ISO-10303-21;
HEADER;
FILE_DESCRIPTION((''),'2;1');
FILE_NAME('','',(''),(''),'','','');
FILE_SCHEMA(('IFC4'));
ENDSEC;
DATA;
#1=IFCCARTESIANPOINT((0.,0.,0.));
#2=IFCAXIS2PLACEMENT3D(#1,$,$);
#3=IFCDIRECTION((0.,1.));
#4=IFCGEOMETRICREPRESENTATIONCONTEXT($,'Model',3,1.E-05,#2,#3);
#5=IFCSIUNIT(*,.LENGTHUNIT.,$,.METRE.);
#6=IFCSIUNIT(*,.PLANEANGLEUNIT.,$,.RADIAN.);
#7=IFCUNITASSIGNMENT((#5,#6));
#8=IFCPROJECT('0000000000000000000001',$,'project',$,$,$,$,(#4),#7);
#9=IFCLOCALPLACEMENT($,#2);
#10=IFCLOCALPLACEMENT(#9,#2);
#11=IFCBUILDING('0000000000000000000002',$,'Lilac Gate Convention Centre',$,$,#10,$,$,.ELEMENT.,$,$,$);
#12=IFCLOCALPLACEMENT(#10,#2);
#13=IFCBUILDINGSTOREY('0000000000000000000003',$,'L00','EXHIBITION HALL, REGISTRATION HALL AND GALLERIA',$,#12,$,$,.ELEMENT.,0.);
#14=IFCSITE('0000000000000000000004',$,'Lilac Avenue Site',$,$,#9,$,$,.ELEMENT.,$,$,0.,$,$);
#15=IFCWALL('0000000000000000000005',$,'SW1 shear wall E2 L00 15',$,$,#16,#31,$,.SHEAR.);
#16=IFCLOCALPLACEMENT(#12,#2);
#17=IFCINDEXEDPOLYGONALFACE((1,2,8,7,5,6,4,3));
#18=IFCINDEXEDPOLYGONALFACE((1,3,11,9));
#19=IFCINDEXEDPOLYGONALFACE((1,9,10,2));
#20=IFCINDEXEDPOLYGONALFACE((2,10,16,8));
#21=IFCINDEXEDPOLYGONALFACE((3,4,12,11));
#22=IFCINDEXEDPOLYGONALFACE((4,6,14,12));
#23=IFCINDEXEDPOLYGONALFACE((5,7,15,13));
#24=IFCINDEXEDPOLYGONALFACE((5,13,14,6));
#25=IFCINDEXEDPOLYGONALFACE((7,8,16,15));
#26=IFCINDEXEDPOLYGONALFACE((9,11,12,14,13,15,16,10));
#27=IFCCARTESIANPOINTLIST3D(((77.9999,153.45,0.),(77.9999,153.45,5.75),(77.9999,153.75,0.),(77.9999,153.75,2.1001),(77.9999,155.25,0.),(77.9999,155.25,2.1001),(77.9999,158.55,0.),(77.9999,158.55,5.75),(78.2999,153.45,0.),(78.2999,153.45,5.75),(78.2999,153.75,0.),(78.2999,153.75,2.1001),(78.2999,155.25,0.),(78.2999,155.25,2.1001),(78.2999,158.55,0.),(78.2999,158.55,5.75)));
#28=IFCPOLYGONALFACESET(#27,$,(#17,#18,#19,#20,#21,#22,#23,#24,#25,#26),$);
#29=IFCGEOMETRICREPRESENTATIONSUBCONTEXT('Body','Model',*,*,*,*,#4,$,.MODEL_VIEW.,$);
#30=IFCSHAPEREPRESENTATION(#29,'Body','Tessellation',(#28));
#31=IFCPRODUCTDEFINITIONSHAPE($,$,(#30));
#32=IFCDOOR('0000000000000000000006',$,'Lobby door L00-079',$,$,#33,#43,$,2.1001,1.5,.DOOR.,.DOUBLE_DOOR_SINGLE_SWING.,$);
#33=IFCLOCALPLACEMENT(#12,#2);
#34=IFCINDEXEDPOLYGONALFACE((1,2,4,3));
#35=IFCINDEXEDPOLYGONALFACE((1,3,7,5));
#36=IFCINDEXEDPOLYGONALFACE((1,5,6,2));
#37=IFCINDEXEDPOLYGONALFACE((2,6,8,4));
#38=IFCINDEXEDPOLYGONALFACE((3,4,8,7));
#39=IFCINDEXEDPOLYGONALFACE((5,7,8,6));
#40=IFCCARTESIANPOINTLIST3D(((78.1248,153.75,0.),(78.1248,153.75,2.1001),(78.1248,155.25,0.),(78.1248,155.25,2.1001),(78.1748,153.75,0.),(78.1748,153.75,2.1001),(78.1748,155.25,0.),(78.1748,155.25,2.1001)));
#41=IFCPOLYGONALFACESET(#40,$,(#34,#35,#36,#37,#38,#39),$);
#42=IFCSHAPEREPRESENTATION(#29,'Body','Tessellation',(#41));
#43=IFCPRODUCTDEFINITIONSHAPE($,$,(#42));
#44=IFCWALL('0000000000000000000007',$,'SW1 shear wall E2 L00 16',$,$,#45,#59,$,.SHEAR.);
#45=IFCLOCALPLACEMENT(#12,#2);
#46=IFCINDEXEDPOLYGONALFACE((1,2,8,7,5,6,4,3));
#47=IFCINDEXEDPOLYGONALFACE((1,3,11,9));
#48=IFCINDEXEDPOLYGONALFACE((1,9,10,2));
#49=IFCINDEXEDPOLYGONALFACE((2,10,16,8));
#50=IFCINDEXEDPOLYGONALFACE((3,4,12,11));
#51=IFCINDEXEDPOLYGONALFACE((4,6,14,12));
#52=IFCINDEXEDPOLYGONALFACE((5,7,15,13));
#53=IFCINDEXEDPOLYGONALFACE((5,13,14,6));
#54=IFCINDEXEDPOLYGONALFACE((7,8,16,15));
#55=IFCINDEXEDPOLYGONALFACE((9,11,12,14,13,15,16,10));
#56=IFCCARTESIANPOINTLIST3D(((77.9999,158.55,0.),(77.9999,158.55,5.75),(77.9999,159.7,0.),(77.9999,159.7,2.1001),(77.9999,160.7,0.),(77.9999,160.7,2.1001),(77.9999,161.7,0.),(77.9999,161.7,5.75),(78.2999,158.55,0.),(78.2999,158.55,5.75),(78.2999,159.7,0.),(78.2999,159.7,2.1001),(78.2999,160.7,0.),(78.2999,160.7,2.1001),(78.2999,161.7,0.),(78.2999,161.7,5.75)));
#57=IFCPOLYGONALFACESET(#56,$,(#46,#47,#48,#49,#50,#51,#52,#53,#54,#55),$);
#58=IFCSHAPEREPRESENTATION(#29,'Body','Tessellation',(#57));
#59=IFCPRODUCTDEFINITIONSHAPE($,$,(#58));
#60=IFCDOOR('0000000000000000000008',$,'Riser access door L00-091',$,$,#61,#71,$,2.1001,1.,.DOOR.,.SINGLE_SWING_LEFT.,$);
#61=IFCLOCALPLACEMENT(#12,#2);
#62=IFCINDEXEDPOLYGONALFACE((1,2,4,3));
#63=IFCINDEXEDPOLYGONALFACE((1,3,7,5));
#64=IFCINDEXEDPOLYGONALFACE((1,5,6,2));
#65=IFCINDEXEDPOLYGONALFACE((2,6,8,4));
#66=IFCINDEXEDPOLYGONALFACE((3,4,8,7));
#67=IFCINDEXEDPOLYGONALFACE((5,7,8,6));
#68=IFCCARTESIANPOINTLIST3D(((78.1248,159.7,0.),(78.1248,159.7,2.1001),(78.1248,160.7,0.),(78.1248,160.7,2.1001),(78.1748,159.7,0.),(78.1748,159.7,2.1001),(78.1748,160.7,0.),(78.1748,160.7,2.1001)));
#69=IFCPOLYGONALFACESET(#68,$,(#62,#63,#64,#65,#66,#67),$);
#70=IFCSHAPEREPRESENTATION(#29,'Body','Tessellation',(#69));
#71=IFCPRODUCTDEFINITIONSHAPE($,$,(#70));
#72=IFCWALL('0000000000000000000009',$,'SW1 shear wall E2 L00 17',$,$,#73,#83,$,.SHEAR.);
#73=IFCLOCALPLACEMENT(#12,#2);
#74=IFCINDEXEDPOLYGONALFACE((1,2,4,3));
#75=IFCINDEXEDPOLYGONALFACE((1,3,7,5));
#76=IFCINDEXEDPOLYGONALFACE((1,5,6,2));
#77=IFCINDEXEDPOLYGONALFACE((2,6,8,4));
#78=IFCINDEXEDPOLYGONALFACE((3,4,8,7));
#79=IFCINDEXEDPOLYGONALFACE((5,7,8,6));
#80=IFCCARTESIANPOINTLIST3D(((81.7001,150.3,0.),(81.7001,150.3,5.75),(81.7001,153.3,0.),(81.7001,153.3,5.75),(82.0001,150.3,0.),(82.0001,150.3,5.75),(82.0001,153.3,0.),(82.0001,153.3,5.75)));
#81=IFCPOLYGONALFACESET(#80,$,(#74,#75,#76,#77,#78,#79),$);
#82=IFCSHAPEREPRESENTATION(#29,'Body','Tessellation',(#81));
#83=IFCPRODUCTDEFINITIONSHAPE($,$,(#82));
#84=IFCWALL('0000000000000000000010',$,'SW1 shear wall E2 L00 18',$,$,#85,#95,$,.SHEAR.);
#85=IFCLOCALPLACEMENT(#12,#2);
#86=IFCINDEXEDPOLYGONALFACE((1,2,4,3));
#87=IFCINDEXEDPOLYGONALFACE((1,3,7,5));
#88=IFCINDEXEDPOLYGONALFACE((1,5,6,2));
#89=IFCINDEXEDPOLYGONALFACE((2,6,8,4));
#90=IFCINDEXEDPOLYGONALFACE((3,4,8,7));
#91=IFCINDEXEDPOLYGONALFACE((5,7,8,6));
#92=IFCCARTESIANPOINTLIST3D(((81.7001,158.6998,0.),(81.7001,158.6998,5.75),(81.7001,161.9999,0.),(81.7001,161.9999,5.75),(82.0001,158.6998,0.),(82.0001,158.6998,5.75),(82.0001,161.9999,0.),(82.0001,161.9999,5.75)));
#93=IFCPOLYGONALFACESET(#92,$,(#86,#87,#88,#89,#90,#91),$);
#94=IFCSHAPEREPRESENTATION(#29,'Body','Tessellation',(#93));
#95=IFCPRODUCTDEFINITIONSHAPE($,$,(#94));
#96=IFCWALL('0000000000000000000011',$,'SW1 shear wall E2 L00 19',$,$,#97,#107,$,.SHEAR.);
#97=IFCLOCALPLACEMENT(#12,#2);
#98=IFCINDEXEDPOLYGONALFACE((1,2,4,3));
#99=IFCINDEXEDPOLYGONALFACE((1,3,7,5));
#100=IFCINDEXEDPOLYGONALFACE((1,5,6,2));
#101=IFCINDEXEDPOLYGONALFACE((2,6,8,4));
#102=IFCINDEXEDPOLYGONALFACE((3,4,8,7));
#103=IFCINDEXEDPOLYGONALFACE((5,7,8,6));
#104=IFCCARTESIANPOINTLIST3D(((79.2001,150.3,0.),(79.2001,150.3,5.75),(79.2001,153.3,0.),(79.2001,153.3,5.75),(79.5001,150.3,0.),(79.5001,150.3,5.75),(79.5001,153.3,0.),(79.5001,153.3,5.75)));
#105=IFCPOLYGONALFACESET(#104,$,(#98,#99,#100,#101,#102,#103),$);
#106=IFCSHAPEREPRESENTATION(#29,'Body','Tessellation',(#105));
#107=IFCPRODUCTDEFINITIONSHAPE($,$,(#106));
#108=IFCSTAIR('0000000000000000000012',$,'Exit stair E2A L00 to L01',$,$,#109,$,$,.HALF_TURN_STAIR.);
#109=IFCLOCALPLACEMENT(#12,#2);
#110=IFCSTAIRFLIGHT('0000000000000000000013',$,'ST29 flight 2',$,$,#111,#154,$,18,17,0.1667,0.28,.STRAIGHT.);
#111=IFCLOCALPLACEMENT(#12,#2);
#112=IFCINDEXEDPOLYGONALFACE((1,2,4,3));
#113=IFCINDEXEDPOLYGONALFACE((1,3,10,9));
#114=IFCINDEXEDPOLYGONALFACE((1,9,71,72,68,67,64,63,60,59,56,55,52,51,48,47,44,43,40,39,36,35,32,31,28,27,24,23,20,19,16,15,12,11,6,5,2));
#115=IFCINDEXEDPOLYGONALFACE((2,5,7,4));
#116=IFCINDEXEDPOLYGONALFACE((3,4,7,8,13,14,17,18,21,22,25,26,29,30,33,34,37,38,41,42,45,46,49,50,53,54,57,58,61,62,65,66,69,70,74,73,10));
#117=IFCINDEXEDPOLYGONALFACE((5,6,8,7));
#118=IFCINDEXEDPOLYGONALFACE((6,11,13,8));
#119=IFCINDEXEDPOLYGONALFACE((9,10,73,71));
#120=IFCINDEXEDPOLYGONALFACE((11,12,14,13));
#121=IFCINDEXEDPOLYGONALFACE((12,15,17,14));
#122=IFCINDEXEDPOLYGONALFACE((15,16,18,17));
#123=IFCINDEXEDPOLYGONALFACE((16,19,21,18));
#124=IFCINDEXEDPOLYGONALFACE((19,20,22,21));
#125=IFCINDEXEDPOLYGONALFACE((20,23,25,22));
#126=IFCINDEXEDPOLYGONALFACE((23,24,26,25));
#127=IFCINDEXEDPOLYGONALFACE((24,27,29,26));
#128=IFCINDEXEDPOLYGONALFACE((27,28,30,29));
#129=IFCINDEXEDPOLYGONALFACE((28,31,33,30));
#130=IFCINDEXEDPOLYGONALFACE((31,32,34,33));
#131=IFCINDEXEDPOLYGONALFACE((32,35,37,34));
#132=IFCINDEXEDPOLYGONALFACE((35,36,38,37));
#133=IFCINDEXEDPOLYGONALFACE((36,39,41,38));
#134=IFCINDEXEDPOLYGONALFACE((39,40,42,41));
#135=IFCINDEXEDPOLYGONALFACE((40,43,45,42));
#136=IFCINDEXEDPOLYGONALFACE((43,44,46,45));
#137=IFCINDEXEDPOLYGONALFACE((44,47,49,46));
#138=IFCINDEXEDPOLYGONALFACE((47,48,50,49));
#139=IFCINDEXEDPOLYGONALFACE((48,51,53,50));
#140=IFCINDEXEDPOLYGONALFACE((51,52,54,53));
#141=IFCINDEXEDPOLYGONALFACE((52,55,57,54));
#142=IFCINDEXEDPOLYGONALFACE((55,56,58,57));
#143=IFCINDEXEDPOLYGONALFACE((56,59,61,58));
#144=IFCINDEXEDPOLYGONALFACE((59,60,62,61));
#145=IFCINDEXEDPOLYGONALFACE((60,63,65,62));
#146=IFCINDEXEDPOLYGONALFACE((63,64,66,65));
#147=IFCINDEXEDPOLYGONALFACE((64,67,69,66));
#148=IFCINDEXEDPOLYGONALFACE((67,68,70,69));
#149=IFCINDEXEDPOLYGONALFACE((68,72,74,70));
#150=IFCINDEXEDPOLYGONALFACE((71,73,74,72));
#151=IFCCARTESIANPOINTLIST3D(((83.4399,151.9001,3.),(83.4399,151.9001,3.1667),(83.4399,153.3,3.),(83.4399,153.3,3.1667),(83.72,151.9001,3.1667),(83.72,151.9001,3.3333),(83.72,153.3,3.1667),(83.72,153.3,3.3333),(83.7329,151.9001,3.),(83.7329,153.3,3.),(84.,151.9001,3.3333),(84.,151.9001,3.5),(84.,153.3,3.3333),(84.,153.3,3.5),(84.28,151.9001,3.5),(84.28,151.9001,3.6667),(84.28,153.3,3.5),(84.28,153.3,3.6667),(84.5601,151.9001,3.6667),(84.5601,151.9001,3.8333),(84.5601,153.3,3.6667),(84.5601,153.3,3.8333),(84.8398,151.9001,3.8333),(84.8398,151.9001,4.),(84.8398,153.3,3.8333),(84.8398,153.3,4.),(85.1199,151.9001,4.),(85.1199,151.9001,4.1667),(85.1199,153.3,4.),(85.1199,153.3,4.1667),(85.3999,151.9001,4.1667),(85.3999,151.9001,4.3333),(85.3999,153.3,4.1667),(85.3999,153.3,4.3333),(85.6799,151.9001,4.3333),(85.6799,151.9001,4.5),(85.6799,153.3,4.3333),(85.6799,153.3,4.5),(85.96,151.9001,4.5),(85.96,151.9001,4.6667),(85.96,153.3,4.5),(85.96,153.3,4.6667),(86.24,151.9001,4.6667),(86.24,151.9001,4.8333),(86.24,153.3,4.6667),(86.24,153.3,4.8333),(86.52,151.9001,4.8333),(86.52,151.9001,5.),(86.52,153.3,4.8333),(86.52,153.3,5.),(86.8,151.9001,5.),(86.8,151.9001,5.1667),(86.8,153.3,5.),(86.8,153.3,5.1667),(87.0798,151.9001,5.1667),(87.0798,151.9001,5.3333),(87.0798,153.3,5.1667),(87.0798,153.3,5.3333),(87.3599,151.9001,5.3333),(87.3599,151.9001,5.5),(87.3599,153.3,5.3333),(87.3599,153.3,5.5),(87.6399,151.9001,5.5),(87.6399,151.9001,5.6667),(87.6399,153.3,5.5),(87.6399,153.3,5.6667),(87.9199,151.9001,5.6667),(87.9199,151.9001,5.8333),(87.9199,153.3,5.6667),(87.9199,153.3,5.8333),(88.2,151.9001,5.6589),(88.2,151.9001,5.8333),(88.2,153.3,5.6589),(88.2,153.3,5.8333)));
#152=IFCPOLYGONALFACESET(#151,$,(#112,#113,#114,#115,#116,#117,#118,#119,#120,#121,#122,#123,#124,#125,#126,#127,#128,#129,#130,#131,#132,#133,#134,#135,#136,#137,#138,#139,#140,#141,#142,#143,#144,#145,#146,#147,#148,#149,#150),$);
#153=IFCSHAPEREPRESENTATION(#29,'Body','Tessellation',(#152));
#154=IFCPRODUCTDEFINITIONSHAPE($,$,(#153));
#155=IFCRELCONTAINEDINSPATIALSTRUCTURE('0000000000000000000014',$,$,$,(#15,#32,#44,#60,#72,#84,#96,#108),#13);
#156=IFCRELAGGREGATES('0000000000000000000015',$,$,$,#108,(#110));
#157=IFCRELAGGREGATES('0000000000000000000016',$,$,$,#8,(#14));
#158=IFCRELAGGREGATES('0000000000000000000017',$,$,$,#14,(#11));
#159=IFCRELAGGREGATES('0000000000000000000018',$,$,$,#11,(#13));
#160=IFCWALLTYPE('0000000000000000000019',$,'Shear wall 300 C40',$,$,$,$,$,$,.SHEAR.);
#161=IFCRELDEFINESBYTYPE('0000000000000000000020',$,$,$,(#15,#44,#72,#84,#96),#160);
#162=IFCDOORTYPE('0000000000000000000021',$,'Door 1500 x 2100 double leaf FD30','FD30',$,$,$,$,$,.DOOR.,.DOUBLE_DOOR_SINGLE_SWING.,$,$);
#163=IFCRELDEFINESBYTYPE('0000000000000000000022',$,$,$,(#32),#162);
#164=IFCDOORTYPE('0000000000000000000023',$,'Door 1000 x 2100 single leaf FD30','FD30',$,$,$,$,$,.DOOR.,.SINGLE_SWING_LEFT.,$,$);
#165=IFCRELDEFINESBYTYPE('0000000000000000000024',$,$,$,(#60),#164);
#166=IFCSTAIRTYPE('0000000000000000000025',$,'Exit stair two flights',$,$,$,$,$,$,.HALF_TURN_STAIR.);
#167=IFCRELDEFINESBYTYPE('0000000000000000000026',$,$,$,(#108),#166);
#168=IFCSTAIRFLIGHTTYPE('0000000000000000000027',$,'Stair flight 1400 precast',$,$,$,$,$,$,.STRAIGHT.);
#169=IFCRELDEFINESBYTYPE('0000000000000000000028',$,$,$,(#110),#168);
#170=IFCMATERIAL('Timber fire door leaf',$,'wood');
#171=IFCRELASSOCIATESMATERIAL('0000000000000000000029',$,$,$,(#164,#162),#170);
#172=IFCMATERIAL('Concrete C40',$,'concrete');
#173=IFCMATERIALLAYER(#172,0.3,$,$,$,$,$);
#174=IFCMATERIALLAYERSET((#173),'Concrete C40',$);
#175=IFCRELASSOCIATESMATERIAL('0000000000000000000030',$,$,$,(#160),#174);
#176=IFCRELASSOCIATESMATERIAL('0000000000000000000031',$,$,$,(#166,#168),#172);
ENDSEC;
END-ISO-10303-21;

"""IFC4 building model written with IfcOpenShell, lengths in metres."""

from ifc_helpers import new_model, si_unit, direction, frame, frame_2d, origin, place, context, subcontext, project, spatial, polyline, rectangle, outline, extrude, material, layer, layer_set, type_object, element, fill, aggregate, save


model = new_model("IFC4")

# Units and contexts
model_context = context("Model", 3, precision=1e-05, world=origin(), true_north=direction((0.0, 1.0)))
body_context = subcontext(model_context, "Body", "Model", "MODEL_VIEW")
ifc_project = project(units=[si_unit("LENGTHUNIT", "METRE"), si_unit("PLANEANGLEUNIT", "RADIAN")], contexts=[model_context])

# Site, building, storey
site_placement = place(None, origin())
site = spatial("IfcSite", under=ifc_project, at=site_placement, Name="Lilac Avenue Site", CompositionType="ELEMENT", RefElevation=0.0)
building_placement = place(site_placement, origin())
building = spatial("IfcBuilding", under=site, at=building_placement, Name="Lilac Gate Convention Centre", CompositionType="ELEMENT")
storey_placement = place(building_placement, origin())
storey = spatial("IfcBuildingStorey", under=building, at=storey_placement, Name="L00", Description="EXHIBITION HALL, REGISTRATION HALL AND GALLERIA", CompositionType="ELEMENT", Elevation=0.0)

# Shared definitions
ifc_material_1 = material(Name="Timber fire door leaf", Category="wood")
door_type_1 = type_object("IfcDoorType", Name="Door 1000 x 2100 single leaf FD30", Description="FD30", OperationType="SINGLE_SWING_LEFT", PredefinedType="DOOR", material=ifc_material_1)

# Shared definitions
ifc_material_2 = material(Name="Concrete C40", Category="concrete")
ifc_layer_1 = layer(ifc_material_2, 0.3)
ifc_layer_set_1 = layer_set([ifc_layer_1], Name="Concrete C40")
wall_type_1 = type_object("IfcWallType", Name="Shear wall 300 C40", PredefinedType="SHEAR", material=ifc_layer_set_1)

# Walls, openings, doors
wall_1_placement = place(storey_placement, frame((78.1499, 153.45, 0.0), z_axis=(0.0, 0.0, 1.0), x_axis=(0.0, 1.0, 0.0)))
wall_1 = element("IfcWall", 1, at=wall_1_placement, inside=storey, type_object=wall_type_1, Name="SW1 shear wall E2 L00 15", PredefinedType="SHEAR", context=body_context, shape_type="SweptSolid", body=[
    extrude(rectangle(XDim=5.1001, YDim=0.3, at=frame_2d((2.55, 0.0))), origin(), (0.0, 0.0, 1.0), 5.75),
])
opening_1_placement = place(wall_1_placement, frame((0.3, 0.0, 0.0)))
opening_1 = element("IfcOpeningElement", 2, at=opening_1_placement, cuts=wall_1, PredefinedType="OPENING", context=body_context, shape_type="SweptSolid", body=[
    extrude(rectangle(XDim=1.5, YDim=2.1001, at=frame_2d((0.75, 1.05))), frame((0.0, 0.1599, 0.0), z_axis=(0.0, -1.0, 0.0), x_axis=(1.0, 0.0, 0.0)), (0.0, 0.0, 1.0), 0.3201),
])
door_type_2 = type_object("IfcDoorType", Name="Door 1500 x 2100 double leaf FD30", Description="FD30", OperationType="DOUBLE_DOOR_SINGLE_SWING", PredefinedType="DOOR", material=ifc_material_1)
door_1_placement = place(opening_1_placement, frame((1.5, 0.0, 0.0), z_axis=(0.0, 0.0, 1.0), x_axis=(-1.0, 0.0, 0.0)))
door_1 = element("IfcDoor", 3, at=door_1_placement, inside=storey, type_object=door_type_2, Name="Lobby door L00-079", OperationType="DOUBLE_DOOR_SINGLE_SWING", OverallHeight=2.1001, OverallWidth=1.5, PredefinedType="DOOR", context=body_context, shape_type="SweptSolid", body=[
    extrude(rectangle(XDim=1.5, YDim=2.1001, at=frame_2d((0.75, 1.05))), frame((0.0, 0.0249, 0.0), z_axis=(0.0, -1.0, 0.0), x_axis=(1.0, 0.0, 0.0)), (0.0, 0.0, 1.0), 0.05),
])
fill(opening_1, door_1)
wall_2_placement = place(storey_placement, frame((78.1499, 158.55, 0.0), z_axis=(0.0, 0.0, 1.0), x_axis=(0.0, 1.0, 0.0)))
wall_2 = element("IfcWall", 4, at=wall_2_placement, inside=storey, type_object=wall_type_1, Name="SW1 shear wall E2 L00 16", PredefinedType="SHEAR", context=body_context, shape_type="SweptSolid", body=[
    extrude(rectangle(XDim=3.1499, YDim=0.3, at=frame_2d((1.575, 0.0))), origin(), (0.0, 0.0, 1.0), 5.75),
])
opening_2_placement = place(wall_2_placement, frame((1.1499, 0.0, 0.0)))
opening_2 = element("IfcOpeningElement", 5, at=opening_2_placement, cuts=wall_2, PredefinedType="OPENING", context=body_context, shape_type="SweptSolid", body=[
    extrude(rectangle(XDim=1.0, YDim=2.1001, at=frame_2d((0.5, 1.05))), frame((0.0, 0.1599, 0.0), z_axis=(0.0, -1.0, 0.0), x_axis=(1.0, 0.0, 0.0)), (0.0, 0.0, 1.0), 0.3201),
])
door_2_placement = place(opening_2_placement, frame((1.0, 0.0, 0.0), z_axis=(0.0, 0.0, 1.0), x_axis=(-1.0, 0.0, 0.0)))
door_2 = element("IfcDoor", 6, at=door_2_placement, inside=storey, type_object=door_type_1, Name="Riser access door L00-091", OperationType="SINGLE_SWING_LEFT", OverallHeight=2.1001, OverallWidth=1.0, PredefinedType="DOOR", context=body_context, shape_type="SweptSolid", body=[
    extrude(rectangle(XDim=1.0, YDim=2.1001, at=frame_2d((0.5, 1.05))), frame((0.0, 0.0249, 0.0), z_axis=(0.0, -1.0, 0.0), x_axis=(1.0, 0.0, 0.0)), (0.0, 0.0, 1.0), 0.05),
])
fill(opening_2, door_2)

# Walls
wall_3_placement = place(storey_placement, frame((81.8501, 150.3, 0.0), z_axis=(0.0, 0.0, 1.0), x_axis=(0.0, 1.0, 0.0)))
element("IfcWall", 7, at=wall_3_placement, inside=storey, type_object=wall_type_1, Name="SW1 shear wall E2 L00 17", PredefinedType="SHEAR", context=body_context, shape_type="SweptSolid", body=[
    extrude(rectangle(XDim=3.0, YDim=0.3, at=frame_2d((1.5, 0.0))), origin(), (0.0, 0.0, 1.0), 5.75),
])
wall_4_placement = place(storey_placement, frame((81.8501, 158.7, 0.0), z_axis=(0.0, 0.0, 1.0), x_axis=(0.0, 1.0, 0.0)))
element("IfcWall", 8, at=wall_4_placement, inside=storey, type_object=wall_type_1, Name="SW1 shear wall E2 L00 18", PredefinedType="SHEAR", context=body_context, shape_type="SweptSolid", body=[
    extrude(rectangle(XDim=3.3, YDim=0.3, at=frame_2d((1.6499, 0.0))), origin(), (0.0, 0.0, 1.0), 5.75),
])
wall_5_placement = place(storey_placement, frame((79.3501, 150.3, 0.0), z_axis=(0.0, 0.0, 1.0), x_axis=(0.0, 1.0, 0.0)))
element("IfcWall", 9, at=wall_5_placement, inside=storey, type_object=wall_type_1, Name="SW1 shear wall E2 L00 19", PredefinedType="SHEAR", context=body_context, shape_type="SweptSolid", body=[
    extrude(rectangle(XDim=3.0, YDim=0.3, at=frame_2d((1.5, 0.0))), origin(), (0.0, 0.0, 1.0), 5.75),
])

# Stair, stair flight
stair_type = type_object("IfcStairType", Name="Exit stair two flights", PredefinedType="HALF_TURN_STAIR", material=ifc_material_2)
stair_placement = place(storey_placement, origin())
stair = element("IfcStair", 10, at=stair_placement, inside=storey, type_object=stair_type, Name="Exit stair E2A L00 to L01", PredefinedType="HALF_TURN_STAIR")
stair_flight_type = type_object("IfcStairFlightType", Name="Stair flight 1400 precast", PredefinedType="STRAIGHT", material=ifc_material_2)
stair_flight_placement = place(storey_placement, frame((83.4399, 152.6001, 3.0), z_axis=(0.0, 0.0, 1.0), x_axis=(1.0, 0.0, 0.0)))
stair_flight = element("IfcStairFlight", 11, at=stair_flight_placement, type_object=stair_flight_type, Name="ST29 flight 2", NumberOfRisers=18, NumberOfTreads=17, PredefinedType="STRAIGHT", RiserHeight=0.1667, TreadLength=0.28, context=body_context, shape_type="SweptSolid", body=[
    extrude(outline(polyline([(0.0, 0.0), (0.0, 0.1667), (0.28, 0.1667), (0.28, 0.3333), (0.5601, 0.3333), (0.5601, 0.5), (0.8401, 0.5), (0.8401, 0.6667), (1.1201, 0.6667), (1.1201, 0.8333), (1.3999, 0.8333), (1.3999, 1.0), (1.6799, 1.0), (1.6799, 1.1667), (1.96, 1.1667), (1.96, 1.3333), (2.24, 1.3333), (2.24, 1.5), (2.52, 1.5), (2.52, 1.6667), (2.8, 1.6667), (2.8, 1.8333), (3.0801, 1.8333), (3.0801, 2.0), (3.3601, 2.0), (3.3601, 2.1667), (3.6399, 2.1667), (3.6399, 2.3333), (3.9199, 2.3333), (3.9199, 2.5), (4.2, 2.5), (4.2, 2.6667), (4.48, 2.6667), (4.48, 2.8333), (4.76, 2.8333), (4.76, 3.0), (4.76, 2.6589), (0.293, 0.0), (0.0, 0.0)])), frame((0.0, 0.7, 0.0), z_axis=(0.0, -1.0, 0.0), x_axis=(1.0, 0.0, 0.0)), (0.0, 0.0, 1.0), 1.3999),
])
aggregate(stair, [stair_flight])

save(model, "model.ifc")
